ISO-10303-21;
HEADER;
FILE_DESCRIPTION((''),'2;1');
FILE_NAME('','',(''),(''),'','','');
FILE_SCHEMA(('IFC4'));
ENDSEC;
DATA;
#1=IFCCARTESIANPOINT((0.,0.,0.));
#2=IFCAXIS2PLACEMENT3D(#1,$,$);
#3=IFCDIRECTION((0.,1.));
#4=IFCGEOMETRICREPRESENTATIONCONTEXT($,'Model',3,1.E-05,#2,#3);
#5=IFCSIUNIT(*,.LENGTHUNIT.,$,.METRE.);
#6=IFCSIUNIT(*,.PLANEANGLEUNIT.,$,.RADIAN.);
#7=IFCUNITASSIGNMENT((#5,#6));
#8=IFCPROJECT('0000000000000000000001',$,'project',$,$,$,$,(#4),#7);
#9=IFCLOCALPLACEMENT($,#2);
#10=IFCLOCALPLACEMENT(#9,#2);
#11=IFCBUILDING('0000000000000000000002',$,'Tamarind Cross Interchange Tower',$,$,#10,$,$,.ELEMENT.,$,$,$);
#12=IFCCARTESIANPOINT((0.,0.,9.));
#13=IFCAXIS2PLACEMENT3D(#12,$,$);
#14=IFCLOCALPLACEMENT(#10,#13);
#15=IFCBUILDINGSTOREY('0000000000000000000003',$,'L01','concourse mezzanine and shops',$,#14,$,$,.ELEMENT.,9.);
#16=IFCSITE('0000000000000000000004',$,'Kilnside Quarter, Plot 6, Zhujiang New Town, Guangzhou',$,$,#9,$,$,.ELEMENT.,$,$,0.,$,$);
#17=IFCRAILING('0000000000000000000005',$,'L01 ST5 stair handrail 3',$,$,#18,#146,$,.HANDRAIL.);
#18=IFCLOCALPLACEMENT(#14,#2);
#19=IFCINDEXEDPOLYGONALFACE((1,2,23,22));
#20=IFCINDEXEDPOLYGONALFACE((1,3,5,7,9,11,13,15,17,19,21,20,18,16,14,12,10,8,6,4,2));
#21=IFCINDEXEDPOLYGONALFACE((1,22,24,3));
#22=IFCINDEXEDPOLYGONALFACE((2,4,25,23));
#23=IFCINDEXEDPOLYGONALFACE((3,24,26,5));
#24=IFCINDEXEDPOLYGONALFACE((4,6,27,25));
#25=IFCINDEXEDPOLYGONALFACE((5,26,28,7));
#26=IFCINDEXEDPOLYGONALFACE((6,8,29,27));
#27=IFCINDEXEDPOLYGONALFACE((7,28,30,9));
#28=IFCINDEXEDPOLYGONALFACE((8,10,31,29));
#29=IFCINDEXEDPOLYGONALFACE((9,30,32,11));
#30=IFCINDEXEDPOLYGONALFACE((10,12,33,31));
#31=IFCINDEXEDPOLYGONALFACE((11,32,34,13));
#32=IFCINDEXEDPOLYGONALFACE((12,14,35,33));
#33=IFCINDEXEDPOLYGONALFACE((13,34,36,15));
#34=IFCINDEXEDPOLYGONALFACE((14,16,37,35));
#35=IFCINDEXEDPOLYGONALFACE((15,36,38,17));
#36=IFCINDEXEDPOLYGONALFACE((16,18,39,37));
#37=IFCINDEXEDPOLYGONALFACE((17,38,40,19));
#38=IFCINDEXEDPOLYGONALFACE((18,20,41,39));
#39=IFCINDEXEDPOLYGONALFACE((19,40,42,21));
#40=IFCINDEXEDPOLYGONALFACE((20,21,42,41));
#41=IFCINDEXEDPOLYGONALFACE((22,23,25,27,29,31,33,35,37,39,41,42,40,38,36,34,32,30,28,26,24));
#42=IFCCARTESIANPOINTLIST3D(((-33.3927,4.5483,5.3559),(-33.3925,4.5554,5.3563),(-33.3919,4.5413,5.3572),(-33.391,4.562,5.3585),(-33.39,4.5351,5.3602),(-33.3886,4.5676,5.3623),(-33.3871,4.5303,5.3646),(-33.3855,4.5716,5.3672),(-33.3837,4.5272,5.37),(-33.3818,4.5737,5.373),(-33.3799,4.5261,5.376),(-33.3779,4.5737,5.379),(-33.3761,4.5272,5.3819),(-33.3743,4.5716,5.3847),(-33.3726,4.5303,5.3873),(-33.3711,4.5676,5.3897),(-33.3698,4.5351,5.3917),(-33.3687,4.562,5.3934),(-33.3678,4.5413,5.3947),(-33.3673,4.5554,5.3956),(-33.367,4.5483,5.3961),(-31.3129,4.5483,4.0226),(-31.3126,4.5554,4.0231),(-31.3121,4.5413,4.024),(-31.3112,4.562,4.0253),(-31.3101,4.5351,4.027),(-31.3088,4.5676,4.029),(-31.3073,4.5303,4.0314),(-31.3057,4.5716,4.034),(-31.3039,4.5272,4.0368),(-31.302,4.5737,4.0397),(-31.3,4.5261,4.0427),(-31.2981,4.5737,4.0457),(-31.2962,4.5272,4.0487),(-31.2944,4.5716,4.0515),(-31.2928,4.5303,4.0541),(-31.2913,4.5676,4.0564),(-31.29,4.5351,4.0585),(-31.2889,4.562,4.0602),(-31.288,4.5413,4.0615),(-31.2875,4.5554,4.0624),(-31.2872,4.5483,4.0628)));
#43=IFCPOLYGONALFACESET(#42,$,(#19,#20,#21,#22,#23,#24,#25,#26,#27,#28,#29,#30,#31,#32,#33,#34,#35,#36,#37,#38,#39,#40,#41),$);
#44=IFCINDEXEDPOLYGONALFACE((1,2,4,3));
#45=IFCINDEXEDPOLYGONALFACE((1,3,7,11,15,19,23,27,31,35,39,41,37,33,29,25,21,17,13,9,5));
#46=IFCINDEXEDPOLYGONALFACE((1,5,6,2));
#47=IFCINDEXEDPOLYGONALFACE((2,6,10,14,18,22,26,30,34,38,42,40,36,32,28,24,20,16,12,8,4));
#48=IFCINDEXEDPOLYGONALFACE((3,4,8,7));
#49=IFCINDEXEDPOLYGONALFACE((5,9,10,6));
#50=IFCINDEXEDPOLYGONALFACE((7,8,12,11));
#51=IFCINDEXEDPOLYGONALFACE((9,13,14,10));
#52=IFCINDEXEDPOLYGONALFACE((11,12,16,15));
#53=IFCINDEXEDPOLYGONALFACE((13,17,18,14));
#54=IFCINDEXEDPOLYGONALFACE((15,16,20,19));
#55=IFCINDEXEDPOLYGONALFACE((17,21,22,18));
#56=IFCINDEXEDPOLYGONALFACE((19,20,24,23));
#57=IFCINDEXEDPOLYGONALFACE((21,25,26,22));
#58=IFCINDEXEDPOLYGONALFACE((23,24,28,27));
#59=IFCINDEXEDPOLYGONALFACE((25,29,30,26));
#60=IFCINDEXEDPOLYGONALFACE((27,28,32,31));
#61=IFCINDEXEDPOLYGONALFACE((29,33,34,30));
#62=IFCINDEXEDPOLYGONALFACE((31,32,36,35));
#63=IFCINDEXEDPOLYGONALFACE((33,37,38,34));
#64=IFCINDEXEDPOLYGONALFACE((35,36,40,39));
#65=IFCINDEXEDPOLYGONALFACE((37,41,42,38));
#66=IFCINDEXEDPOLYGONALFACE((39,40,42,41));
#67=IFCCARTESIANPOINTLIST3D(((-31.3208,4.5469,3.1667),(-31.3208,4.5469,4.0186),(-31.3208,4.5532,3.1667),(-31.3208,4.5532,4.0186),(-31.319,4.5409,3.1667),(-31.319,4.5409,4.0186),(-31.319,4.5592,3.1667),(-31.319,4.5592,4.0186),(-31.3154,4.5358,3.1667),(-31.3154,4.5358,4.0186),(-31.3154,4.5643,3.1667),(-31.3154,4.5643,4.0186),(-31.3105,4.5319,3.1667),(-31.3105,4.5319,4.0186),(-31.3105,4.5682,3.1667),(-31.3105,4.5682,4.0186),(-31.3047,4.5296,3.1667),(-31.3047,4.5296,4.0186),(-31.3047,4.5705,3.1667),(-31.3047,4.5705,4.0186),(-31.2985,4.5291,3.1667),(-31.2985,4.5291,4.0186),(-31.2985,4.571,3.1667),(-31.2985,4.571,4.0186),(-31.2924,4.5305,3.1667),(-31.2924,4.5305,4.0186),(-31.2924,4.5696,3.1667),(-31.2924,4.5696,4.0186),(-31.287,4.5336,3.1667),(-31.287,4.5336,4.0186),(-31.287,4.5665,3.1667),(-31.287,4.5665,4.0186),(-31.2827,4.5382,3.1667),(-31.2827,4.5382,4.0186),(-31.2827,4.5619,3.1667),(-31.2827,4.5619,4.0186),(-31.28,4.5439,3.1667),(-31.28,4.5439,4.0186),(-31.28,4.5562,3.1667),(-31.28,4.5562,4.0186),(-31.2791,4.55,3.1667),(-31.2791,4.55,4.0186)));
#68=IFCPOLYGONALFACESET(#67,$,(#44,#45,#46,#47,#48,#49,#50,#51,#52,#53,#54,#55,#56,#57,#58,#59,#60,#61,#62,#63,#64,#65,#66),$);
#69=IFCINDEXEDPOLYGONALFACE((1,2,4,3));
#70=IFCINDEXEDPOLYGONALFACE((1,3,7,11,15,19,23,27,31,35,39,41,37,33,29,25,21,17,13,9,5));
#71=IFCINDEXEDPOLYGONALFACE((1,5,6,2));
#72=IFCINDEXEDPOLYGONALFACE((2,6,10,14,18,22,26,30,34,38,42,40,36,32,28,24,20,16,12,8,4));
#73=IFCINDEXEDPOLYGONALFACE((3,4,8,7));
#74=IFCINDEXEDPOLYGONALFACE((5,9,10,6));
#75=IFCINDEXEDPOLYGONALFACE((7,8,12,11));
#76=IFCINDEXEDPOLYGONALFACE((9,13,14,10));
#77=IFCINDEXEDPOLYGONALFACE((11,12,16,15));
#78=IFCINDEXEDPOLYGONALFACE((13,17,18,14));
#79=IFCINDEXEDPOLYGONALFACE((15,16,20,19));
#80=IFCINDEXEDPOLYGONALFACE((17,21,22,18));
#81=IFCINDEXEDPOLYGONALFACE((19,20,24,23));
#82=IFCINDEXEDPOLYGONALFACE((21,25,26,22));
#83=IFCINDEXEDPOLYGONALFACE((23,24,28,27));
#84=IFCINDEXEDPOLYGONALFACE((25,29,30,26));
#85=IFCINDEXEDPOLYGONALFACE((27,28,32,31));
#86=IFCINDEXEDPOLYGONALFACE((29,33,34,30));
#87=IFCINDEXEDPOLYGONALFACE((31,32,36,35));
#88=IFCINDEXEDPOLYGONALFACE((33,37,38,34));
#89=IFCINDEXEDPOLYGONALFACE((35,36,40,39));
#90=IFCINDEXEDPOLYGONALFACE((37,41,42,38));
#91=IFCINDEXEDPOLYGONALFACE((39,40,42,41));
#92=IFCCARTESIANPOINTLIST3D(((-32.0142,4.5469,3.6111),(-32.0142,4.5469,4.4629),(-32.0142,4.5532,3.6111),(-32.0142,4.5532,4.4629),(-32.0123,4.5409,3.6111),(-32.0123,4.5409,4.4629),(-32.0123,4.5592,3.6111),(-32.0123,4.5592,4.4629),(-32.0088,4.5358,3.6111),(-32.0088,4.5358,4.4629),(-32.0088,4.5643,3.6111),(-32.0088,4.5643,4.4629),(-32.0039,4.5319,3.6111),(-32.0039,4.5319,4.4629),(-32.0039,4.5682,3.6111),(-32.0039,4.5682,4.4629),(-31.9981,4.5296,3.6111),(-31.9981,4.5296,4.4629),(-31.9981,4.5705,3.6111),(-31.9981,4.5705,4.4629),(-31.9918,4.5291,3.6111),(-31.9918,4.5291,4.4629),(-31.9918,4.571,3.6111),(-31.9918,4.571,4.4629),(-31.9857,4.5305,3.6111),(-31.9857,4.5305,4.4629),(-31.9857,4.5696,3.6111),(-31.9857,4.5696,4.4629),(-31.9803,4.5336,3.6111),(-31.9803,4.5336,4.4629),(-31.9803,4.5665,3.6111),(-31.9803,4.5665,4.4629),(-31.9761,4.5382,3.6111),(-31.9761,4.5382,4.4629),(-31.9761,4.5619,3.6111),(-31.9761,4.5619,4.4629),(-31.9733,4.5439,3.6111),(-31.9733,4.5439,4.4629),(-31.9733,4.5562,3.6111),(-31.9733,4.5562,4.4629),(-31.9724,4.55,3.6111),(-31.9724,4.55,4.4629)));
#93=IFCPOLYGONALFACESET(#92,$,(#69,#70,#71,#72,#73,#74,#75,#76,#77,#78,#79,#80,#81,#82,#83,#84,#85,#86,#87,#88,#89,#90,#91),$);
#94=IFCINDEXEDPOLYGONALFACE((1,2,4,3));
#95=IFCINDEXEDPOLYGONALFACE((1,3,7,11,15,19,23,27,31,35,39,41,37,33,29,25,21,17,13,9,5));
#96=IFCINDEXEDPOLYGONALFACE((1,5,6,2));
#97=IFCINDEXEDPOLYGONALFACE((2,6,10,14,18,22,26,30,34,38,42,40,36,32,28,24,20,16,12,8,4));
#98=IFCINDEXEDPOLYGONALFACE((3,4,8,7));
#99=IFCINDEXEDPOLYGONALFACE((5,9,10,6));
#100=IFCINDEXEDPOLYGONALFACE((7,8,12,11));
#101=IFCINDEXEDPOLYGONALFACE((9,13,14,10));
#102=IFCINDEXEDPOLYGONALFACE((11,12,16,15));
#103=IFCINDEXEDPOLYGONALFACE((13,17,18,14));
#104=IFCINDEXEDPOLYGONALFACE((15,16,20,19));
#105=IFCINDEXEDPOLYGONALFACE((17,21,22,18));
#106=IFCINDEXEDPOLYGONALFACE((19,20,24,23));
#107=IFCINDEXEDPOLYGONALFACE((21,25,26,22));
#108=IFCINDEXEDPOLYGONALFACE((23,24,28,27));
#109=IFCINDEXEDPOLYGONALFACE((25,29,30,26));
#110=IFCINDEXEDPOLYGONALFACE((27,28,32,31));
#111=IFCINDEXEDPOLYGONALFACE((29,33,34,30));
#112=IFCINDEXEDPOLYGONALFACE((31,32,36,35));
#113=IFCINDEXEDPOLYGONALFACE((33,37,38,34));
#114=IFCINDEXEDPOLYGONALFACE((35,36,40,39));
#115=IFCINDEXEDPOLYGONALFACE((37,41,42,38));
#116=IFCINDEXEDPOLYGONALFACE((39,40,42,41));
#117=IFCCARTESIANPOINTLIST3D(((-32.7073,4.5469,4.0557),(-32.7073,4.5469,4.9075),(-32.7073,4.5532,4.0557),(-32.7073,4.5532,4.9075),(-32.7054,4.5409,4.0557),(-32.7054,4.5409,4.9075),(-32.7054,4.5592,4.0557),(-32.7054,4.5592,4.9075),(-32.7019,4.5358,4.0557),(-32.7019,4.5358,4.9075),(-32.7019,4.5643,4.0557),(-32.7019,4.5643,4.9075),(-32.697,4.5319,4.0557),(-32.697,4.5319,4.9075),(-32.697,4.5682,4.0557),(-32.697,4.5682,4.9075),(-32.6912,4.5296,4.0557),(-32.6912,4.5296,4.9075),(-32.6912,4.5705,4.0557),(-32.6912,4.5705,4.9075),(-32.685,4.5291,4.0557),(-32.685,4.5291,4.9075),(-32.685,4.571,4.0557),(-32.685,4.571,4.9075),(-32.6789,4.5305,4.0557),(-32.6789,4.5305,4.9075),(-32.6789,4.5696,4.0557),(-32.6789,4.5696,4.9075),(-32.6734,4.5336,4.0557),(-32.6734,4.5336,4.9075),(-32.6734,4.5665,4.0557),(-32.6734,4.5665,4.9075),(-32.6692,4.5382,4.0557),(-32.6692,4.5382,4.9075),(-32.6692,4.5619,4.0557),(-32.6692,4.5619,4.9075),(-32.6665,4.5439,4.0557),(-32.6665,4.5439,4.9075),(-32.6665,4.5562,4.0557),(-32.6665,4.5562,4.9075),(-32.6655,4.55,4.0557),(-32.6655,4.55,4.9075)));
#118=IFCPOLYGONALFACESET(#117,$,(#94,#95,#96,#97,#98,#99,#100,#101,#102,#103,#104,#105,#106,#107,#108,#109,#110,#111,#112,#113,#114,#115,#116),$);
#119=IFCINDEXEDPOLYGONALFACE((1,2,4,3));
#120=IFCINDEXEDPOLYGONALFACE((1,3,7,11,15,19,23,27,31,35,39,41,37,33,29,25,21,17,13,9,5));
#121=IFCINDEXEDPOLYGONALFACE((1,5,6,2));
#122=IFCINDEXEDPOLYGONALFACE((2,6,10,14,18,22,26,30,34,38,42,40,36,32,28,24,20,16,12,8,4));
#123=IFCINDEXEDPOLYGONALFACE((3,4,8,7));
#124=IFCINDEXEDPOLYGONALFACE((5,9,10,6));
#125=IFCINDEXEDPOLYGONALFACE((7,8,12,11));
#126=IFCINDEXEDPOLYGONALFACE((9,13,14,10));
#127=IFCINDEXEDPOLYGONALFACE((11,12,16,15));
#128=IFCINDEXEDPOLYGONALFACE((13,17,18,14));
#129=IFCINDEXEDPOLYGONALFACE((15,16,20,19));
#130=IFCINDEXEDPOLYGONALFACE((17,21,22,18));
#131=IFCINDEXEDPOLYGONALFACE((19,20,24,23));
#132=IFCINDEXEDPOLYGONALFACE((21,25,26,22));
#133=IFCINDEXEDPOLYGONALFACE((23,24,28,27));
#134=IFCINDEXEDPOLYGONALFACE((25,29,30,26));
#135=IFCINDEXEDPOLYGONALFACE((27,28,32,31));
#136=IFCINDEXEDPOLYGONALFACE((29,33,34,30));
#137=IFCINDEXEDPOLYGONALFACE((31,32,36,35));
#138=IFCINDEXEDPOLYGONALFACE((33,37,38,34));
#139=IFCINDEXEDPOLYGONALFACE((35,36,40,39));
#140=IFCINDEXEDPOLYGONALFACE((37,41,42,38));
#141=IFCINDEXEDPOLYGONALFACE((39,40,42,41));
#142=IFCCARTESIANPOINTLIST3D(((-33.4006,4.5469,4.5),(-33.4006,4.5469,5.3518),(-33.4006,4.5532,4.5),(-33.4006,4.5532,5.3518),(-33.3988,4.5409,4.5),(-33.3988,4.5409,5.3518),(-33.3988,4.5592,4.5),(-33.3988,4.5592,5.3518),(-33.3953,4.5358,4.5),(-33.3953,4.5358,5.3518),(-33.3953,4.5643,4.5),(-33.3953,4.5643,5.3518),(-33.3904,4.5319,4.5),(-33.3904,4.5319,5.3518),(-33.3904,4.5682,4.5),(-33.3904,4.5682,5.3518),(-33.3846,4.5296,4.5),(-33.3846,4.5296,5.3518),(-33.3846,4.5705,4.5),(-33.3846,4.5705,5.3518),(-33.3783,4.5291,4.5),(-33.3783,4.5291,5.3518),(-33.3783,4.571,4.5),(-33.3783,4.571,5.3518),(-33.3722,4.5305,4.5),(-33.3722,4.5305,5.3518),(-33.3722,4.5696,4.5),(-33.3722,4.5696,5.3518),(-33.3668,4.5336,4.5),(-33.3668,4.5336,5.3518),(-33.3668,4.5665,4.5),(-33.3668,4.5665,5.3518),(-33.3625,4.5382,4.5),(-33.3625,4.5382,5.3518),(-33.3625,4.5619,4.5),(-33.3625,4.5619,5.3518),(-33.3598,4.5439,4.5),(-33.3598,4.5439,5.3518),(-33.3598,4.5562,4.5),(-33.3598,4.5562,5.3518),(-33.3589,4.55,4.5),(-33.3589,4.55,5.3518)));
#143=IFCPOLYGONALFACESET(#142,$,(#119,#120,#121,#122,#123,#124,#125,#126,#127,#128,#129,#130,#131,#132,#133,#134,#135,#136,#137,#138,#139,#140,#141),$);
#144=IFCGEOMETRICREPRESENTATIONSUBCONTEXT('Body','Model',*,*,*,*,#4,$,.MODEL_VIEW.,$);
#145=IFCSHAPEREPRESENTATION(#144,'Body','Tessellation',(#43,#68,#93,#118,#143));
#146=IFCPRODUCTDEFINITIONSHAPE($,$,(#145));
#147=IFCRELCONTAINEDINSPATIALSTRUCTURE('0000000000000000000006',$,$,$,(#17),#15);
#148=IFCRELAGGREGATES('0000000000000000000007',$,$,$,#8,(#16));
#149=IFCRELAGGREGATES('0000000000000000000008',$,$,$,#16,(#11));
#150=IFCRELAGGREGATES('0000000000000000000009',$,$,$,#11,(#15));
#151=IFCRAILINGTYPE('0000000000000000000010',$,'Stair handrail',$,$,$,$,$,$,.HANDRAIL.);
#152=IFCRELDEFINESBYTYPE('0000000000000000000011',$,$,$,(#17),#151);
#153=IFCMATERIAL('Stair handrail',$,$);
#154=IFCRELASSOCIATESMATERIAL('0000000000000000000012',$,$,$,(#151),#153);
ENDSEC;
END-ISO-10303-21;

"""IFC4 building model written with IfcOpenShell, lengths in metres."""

from ifc_helpers import new_model, si_unit, direction, frame, origin, origin_2d, place, context, subcontext, project, spatial, circle, extrude, material, type_object, element, save


model = new_model("IFC4")

# Units and contexts
model_context = context("Model", 3, precision=1e-05, world=origin(), true_north=direction((0.0, 1.0)))
body_context = subcontext(model_context, "Body", "Model", "MODEL_VIEW")
ifc_project = project(units=[si_unit("LENGTHUNIT", "METRE"), si_unit("PLANEANGLEUNIT", "RADIAN")], contexts=[model_context])

# Site, building, storey
site_placement = place(None, origin())
site = spatial("IfcSite", under=ifc_project, at=site_placement, Name="Kilnside Quarter, Plot 6, Zhujiang New Town, Guangzhou", CompositionType="ELEMENT", RefElevation=0.0)
building_placement = place(site_placement, origin())
building = spatial("IfcBuilding", under=site, at=building_placement, Name="Tamarind Cross Interchange Tower", CompositionType="ELEMENT")
storey_placement = place(building_placement, frame((0.0, 0.0, 9.0)))
storey = spatial("IfcBuildingStorey", under=building, at=storey_placement, Name="L01", Description="concourse mezzanine and shops", CompositionType="ELEMENT", Elevation=9.0)

# Railing
ifc_material_1 = material(Name="Stair handrail")
railing_type_1 = type_object("IfcRailingType", Name="Stair handrail", PredefinedType="HANDRAIL", material=ifc_material_1)
for number, where, name in (
    (1, (-31.3, 4.55, 3.1667), "L01 ST5 stair handrail 3"),
):
    element("IfcRailing", number, at=place(storey_placement, frame(where)), inside=storey, type_object=railing_type_1, Name=name, PredefinedType="HANDRAIL", context=body_context, shape_type="SweptSolid", body=[
        extrude(circle(Radius=0.0239, at=origin_2d()), frame((0.0, 0.0, 0.876), z_axis=(-0.841875, 0.0, 0.539673), x_axis=(0.0, -1.0, 0.0)), (0.0, 0.0, 1.0), 2.4705),
        extrude(circle(Radius=0.021, at=origin_2d()), origin(), (0.0, 0.0, 1.0), 0.8518),
        extrude(circle(Radius=0.021, at=origin_2d()), frame((-0.6934, 0.0, 0.4443)), (0.0, 0.0, 1.0), 0.8518),
        extrude(circle(Radius=0.021, at=origin_2d()), frame((-1.3865, 0.0, 0.8889)), (0.0, 0.0, 1.0), 0.8518),
        extrude(circle(Radius=0.021, at=origin_2d()), frame((-2.0798, 0.0, 1.3333)), (0.0, 0.0, 1.0), 0.8518),
    ])

save(model, "model.ifc")
